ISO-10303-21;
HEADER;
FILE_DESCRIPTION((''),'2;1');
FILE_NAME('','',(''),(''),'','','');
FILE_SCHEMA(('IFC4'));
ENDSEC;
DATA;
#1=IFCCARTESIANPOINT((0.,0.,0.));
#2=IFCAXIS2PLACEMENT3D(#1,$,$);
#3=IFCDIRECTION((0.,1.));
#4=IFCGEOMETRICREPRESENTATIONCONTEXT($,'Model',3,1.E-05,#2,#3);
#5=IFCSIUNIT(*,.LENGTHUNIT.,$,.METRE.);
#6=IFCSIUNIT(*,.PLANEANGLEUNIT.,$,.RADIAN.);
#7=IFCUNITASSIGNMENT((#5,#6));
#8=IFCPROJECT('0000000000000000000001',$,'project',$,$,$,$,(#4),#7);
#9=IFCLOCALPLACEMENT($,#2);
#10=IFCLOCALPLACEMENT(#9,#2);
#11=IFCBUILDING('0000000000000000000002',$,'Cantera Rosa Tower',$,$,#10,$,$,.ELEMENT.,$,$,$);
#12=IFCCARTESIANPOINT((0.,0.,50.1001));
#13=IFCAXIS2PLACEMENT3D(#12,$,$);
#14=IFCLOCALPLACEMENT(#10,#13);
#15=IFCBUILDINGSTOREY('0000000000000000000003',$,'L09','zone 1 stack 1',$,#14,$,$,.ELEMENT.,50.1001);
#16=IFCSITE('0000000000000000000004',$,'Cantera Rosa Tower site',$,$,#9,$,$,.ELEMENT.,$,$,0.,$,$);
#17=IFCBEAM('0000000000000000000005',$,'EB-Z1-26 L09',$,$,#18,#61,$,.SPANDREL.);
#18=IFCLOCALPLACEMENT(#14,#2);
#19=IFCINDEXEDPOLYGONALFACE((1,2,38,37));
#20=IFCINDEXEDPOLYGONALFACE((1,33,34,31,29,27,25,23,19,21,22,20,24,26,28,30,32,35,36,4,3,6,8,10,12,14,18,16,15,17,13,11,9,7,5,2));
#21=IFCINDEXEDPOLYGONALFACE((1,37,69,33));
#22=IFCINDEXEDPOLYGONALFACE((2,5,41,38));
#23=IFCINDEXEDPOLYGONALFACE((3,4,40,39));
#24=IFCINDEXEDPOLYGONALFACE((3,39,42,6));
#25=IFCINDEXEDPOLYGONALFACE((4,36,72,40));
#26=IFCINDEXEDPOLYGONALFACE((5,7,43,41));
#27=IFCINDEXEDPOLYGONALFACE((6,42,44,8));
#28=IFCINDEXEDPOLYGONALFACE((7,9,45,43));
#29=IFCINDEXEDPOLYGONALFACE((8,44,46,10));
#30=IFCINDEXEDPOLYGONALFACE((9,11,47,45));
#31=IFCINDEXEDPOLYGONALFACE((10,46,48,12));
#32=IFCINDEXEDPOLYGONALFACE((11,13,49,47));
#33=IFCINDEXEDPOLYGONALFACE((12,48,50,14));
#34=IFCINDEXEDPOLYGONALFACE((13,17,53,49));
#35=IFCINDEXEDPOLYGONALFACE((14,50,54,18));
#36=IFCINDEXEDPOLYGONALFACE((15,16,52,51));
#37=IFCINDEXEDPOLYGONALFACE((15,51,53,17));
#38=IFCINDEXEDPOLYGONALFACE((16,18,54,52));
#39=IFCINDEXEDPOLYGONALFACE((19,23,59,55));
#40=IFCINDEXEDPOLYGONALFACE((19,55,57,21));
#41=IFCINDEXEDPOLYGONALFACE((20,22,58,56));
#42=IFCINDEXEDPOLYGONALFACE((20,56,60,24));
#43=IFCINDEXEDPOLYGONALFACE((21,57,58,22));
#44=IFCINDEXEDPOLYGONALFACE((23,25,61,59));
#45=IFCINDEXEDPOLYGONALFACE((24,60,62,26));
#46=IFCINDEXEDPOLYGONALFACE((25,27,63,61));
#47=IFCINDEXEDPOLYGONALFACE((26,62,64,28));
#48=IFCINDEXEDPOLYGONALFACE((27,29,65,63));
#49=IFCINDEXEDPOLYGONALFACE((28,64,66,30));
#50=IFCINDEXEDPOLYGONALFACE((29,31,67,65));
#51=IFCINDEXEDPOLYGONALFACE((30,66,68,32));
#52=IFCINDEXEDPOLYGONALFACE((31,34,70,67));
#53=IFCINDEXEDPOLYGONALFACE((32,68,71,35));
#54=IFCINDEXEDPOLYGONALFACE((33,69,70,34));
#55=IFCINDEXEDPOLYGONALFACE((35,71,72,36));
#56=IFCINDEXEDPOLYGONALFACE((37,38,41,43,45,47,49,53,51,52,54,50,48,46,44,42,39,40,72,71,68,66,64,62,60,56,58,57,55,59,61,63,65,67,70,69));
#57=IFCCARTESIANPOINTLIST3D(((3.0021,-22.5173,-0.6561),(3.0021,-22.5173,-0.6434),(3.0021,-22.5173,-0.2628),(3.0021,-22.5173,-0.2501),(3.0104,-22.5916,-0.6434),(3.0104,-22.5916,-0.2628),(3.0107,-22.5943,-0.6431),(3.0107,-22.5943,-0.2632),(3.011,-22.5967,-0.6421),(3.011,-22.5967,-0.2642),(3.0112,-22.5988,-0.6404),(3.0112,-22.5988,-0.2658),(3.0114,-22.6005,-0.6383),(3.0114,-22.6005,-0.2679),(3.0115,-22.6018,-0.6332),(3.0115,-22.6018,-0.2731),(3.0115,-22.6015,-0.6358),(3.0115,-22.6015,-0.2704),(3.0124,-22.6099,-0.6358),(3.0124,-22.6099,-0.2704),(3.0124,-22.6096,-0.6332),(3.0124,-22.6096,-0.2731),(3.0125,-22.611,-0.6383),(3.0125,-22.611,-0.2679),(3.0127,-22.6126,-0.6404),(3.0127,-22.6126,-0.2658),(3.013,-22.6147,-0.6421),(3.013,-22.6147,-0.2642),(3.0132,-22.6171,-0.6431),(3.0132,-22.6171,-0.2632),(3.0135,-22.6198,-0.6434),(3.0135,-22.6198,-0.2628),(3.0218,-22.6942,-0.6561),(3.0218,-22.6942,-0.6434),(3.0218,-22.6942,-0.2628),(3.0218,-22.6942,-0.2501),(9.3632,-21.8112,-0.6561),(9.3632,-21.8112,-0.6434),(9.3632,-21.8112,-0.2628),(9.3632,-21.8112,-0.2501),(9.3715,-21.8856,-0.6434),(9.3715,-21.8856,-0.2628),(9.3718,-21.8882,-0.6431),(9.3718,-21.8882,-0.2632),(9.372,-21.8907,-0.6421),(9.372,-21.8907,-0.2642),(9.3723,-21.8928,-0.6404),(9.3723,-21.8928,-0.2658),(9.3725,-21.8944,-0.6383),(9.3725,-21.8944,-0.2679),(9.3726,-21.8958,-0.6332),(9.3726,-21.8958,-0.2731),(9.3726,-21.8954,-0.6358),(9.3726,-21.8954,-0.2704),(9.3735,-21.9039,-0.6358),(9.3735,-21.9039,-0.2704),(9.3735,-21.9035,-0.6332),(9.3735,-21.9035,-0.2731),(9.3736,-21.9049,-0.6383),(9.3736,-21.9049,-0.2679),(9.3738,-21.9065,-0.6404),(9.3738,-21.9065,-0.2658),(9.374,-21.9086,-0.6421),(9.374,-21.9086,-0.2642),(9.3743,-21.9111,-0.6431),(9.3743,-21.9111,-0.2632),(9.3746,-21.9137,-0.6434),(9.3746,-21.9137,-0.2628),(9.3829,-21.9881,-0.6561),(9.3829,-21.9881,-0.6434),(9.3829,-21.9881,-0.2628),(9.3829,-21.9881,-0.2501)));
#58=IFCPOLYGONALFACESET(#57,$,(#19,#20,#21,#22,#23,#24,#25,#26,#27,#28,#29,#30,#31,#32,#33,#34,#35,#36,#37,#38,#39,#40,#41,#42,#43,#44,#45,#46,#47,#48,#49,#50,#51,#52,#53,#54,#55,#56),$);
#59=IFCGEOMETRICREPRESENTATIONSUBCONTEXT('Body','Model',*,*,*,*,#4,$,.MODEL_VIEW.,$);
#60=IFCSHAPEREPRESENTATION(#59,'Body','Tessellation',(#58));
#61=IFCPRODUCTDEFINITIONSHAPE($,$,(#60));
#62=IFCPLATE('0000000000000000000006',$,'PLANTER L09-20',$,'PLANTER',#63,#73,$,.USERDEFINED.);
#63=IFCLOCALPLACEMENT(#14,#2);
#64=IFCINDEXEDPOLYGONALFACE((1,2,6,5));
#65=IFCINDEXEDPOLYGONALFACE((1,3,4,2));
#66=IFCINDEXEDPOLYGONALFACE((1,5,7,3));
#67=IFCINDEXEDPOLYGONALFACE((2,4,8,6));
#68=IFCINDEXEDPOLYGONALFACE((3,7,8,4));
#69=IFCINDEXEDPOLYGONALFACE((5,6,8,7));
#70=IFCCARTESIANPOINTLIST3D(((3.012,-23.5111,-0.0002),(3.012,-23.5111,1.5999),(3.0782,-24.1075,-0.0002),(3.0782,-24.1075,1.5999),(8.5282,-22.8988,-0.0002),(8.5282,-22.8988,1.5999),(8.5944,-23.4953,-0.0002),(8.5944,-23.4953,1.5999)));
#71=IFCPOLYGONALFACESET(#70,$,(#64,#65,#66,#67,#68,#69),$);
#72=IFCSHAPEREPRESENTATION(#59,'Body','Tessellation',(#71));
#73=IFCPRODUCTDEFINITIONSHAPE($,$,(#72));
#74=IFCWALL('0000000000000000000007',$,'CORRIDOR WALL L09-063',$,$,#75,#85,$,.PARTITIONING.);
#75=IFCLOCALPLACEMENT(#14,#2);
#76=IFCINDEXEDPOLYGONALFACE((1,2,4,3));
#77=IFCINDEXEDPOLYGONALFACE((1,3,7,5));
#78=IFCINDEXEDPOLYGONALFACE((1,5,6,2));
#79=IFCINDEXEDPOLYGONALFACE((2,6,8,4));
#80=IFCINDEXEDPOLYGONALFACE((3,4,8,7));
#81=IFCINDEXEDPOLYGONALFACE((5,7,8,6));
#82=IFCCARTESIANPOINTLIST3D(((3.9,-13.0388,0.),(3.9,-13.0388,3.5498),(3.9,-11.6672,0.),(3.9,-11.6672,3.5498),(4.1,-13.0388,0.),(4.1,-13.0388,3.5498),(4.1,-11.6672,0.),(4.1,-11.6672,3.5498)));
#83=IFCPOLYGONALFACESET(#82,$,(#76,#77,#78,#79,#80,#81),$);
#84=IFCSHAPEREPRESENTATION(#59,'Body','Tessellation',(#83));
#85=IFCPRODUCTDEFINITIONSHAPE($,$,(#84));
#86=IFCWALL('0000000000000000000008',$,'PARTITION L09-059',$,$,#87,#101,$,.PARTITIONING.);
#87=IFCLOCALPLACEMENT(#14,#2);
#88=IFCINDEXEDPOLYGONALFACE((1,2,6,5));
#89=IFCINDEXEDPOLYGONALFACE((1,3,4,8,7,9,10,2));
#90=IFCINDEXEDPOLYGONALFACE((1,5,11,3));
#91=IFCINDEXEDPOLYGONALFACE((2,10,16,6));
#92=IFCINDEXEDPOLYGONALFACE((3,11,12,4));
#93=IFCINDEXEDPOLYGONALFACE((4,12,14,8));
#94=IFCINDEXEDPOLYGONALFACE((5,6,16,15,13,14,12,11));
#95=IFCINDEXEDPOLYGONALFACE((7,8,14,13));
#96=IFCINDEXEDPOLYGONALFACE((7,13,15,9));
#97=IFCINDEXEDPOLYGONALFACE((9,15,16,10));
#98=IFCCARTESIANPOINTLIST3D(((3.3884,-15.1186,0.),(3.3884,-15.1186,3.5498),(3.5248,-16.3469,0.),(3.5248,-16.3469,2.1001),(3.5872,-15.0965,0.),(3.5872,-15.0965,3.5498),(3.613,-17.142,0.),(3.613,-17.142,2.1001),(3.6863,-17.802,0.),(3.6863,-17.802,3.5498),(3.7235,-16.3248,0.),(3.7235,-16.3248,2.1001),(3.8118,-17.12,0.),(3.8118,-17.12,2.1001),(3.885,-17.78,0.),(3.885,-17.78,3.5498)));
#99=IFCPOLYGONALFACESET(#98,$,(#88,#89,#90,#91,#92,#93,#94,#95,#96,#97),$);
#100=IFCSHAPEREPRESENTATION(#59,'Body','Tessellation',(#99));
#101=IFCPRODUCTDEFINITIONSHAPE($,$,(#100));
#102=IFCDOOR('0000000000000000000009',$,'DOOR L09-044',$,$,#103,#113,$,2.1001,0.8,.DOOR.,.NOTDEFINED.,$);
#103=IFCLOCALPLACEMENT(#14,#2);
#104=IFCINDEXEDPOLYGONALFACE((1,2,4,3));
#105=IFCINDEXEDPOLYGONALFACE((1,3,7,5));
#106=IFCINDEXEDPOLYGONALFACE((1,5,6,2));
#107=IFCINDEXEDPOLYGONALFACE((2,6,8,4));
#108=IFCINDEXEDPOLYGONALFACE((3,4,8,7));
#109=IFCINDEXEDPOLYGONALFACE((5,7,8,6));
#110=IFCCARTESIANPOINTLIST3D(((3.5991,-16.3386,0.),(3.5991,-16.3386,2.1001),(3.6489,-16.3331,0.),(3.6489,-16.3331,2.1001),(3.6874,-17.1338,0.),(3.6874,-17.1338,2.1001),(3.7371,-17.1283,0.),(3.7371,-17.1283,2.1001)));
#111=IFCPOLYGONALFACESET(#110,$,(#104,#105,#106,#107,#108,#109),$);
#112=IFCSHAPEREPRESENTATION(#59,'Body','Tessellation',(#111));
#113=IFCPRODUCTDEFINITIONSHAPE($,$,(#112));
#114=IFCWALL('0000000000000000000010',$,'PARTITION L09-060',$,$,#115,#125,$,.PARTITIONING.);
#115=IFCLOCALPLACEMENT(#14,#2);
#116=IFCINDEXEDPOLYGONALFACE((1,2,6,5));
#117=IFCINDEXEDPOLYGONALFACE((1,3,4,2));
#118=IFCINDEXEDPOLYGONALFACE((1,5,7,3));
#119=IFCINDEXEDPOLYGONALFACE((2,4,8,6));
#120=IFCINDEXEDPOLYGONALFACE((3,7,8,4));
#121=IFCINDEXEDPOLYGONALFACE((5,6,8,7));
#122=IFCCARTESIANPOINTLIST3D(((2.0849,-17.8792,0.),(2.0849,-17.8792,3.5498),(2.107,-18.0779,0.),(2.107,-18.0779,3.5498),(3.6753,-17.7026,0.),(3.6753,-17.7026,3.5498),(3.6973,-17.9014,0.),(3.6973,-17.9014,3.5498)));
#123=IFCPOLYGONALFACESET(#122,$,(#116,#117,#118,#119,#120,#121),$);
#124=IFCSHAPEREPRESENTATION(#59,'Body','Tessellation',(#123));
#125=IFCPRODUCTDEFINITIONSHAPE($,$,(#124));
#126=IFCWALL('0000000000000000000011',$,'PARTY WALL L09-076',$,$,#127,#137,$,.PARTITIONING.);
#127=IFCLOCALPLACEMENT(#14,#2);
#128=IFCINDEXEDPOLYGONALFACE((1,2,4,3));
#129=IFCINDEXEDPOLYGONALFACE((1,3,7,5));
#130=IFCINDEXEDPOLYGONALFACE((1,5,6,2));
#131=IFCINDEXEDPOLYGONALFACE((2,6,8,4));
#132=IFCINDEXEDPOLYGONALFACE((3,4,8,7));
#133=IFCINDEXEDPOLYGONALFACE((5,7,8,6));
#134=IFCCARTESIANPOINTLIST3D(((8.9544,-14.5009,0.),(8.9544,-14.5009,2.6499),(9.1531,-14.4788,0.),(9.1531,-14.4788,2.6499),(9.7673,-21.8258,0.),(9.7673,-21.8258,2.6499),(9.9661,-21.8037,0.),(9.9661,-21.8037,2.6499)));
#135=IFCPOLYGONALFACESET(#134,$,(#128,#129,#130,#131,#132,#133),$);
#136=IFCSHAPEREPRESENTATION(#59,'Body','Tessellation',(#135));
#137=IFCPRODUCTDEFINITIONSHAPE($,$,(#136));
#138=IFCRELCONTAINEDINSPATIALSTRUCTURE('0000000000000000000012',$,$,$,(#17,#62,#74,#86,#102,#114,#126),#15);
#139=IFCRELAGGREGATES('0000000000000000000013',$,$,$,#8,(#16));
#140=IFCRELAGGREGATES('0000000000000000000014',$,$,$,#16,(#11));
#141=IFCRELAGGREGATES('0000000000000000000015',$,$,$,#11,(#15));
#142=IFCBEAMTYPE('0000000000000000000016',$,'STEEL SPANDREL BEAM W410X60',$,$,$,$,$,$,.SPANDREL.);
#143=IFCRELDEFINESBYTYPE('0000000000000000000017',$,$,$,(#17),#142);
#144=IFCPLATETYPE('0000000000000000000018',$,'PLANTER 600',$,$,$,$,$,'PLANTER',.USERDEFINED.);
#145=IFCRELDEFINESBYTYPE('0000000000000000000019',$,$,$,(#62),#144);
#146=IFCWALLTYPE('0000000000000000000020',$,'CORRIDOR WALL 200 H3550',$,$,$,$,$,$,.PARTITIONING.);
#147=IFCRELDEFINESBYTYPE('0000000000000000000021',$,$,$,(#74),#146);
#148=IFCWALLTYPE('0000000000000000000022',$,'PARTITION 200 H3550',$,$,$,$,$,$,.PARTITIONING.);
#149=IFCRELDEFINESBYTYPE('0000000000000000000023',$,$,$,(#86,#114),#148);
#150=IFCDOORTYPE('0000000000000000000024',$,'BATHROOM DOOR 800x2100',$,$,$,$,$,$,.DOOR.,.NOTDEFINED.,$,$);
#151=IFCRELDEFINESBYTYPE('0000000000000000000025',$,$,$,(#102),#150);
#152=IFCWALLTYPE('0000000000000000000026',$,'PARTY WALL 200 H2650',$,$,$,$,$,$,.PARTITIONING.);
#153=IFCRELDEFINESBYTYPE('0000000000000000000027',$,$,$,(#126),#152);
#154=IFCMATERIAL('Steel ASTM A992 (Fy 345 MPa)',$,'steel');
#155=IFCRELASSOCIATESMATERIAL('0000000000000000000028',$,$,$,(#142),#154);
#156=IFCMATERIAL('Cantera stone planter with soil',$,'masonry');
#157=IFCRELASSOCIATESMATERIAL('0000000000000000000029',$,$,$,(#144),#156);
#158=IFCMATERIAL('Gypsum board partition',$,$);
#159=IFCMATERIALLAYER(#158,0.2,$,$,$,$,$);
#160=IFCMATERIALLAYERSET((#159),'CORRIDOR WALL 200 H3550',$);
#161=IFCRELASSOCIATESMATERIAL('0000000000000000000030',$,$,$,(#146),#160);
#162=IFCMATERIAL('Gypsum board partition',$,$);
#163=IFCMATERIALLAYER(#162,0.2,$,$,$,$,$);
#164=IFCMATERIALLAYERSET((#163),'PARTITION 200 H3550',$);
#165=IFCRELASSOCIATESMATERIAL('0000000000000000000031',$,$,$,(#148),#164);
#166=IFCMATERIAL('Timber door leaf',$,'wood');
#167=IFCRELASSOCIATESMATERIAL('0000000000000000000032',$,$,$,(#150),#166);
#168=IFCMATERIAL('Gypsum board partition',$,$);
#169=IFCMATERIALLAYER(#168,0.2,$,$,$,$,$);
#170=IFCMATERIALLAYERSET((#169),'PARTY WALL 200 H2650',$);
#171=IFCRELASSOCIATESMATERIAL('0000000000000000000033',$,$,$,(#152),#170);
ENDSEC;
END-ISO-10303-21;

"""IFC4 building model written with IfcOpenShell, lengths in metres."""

from ifc_helpers import new_model, si_unit, direction, frame, frame_2d, origin, origin_2d, place, context, subcontext, project, spatial, rectangle, i_section, extrude, material, layer, layer_set, material_profile, profile_set, type_object, element, fill, save


model = new_model("IFC4")

# Units and contexts
model_context = context("Model", 3, precision=1e-05, world=origin(), true_north=direction((0.0, 1.0)))
body_context = subcontext(model_context, "Body", "Model", "MODEL_VIEW")
ifc_project = project(units=[si_unit("LENGTHUNIT", "METRE"), si_unit("PLANEANGLEUNIT", "RADIAN")], contexts=[model_context])

# Site, building, storey
site_placement = place(None, origin())
site = spatial("IfcSite", under=ifc_project, at=site_placement, Name="Cantera Rosa Tower site", CompositionType="ELEMENT", RefElevation=0.0)
building_placement = place(site_placement, origin())
building = spatial("IfcBuilding", under=site, at=building_placement, Name="Cantera Rosa Tower", CompositionType="ELEMENT")
storey_placement = place(building_placement, frame((0.0, 0.0, 50.1001)))
storey = spatial("IfcBuildingStorey", under=building, at=storey_placement, Name="L09", Description="zone 1 stack 1", CompositionType="ELEMENT", Elevation=50.1001)

# Beam
ifc_material_1 = material(Name="Steel ASTM A992 (Fy 345 MPa)", Category="steel")
ifc_material_profile_1 = material_profile(ifc_material_1, i_section(OverallWidth=0.178, OverallDepth=0.406, WebThickness=0.0078, FlangeThickness=0.0127, FilletRadius=0.0103, at=origin_2d()), Name="W410X60")
ifc_profile_set_1 = profile_set([ifc_material_profile_1], Name="Steel ASTM A992 (Fy 345 MPa)")
beam_type_1 = type_object("IfcBeamType", Name="STEEL SPANDREL BEAM W410X60", PredefinedType="SPANDREL", material=ifc_profile_set_1)
beam_1_placement = place(storey_placement, frame((3.012, -22.6057, -0.4531), z_axis=(0.993896, 0.110318, 0.0), x_axis=(-0.110318, 0.993896, 0.0)))
element("IfcBeam", 1, at=beam_1_placement, inside=storey, type_object=beam_type_1, Name="EB-Z1-26 L09", PredefinedType="SPANDREL", context=body_context, shape_type="SweptSolid", body=[
    extrude(i_section(OverallWidth=0.178, OverallDepth=0.406, WebThickness=0.0078, FlangeThickness=0.0127, FilletRadius=0.0103, at=origin_2d()), origin(), (0.0, 0.0, 1.0), 6.4001),
])

# Plate
ifc_material_2 = material(Name="Cantera stone planter with soil", Category="masonry")
plate_type = type_object("IfcPlateType", Name="PLANTER 600", ElementType="PLANTER", PredefinedType="USERDEFINED", material=ifc_material_2)
plate_placement = place(storey_placement, frame((5.8032, -23.5032, -0.0002), z_axis=(0.0, 0.0, 1.0), x_axis=(0.993897, 0.110313, 0.0)))
element("IfcPlate", 2, at=plate_placement, inside=storey, type_object=plate_type, Name="PLANTER L09-20", ObjectType="PLANTER", PredefinedType="USERDEFINED", context=body_context, shape_type="SweptSolid", body=[
    extrude(rectangle(XDim=5.55, YDim=0.6001, at=origin_2d()), origin(), (0.0, 0.0, 1.0), 1.6001),
])

# Wall
ifc_material_3 = material(Name="Gypsum board partition")
ifc_layer_1 = layer(ifc_material_3, 0.2)
ifc_layer_set_1 = layer_set([ifc_layer_1], Name="CORRIDOR WALL 200 H3550")
wall_type_1 = type_object("IfcWallType", Name="CORRIDOR WALL 200 H3550", PredefinedType="PARTITIONING", material=ifc_layer_set_1)
wall_1_placement = place(storey_placement, frame((4.0, -13.0388, 0.0), z_axis=(0.0, 0.0, 1.0), x_axis=(0.0, 1.0, 0.0)))
element("IfcWall", 3, at=wall_1_placement, inside=storey, type_object=wall_type_1, Name="CORRIDOR WALL L09-063", PredefinedType="PARTITIONING", context=body_context, shape_type="SweptSolid", body=[
    extrude(rectangle(XDim=1.3716, YDim=0.2, at=frame_2d((0.6858, 0.0))), origin(), (0.0, 0.0, 1.0), 3.5498),
])

# Wall, opening, door
ifc_material_4 = material(Name="Gypsum board partition")
ifc_layer_2 = layer(ifc_material_4, 0.2)
ifc_layer_set_2 = layer_set([ifc_layer_2], Name="PARTITION 200 H3550")
wall_type_2 = type_object("IfcWallType", Name="PARTITION 200 H3550", PredefinedType="PARTITIONING", material=ifc_layer_set_2)
wall_2_placement = place(storey_placement, frame((3.4878, -15.1074, 0.0), z_axis=(0.0, 0.0, 1.0), x_axis=(0.110312, -0.993897, 0.0)))
wall_2 = element("IfcWall", 4, at=wall_2_placement, inside=storey, type_object=wall_type_2, Name="PARTITION L09-059", PredefinedType="PARTITIONING", context=body_context, shape_type="SweptSolid", body=[
    extrude(rectangle(XDim=2.7, YDim=0.2, at=frame_2d((1.3501, 0.0))), origin(), (0.0, 0.0, 1.0), 3.5498),
])
opening_1_placement = place(wall_2_placement, frame((1.2361, 0.0, 0.0)))
opening_1 = element("IfcOpeningElement", 5, at=opening_1_placement, cuts=wall_2, PredefinedType="OPENING", context=body_context, shape_type="SweptSolid", body=[
    extrude(rectangle(XDim=0.8, YDim=2.1001, at=frame_2d((0.3999, 1.05))), frame((0.0, 0.1099, 0.0), z_axis=(0.0, -1.0, 0.0), x_axis=(1.0, 0.0, 0.0)), (0.0, 0.0, 1.0), 0.22),
])
ifc_material_5 = material(Name="Timber door leaf", Category="wood")
door_type_1 = type_object("IfcDoorType", Name="BATHROOM DOOR 800x2100", OperationType="NOTDEFINED", PredefinedType="DOOR", material=ifc_material_5)
door_1_placement = place(opening_1_placement, origin())
door_1 = element("IfcDoor", 6, at=door_1_placement, inside=storey, type_object=door_type_1, Name="DOOR L09-044", OperationType="NOTDEFINED", OverallHeight=2.1001, OverallWidth=0.8, PredefinedType="DOOR", context=body_context, shape_type="SweptSolid", body=[
    extrude(rectangle(XDim=0.8, YDim=2.1001, at=frame_2d((0.3999, 1.05))), frame((0.0, 0.0249, 0.0), z_axis=(0.0, -1.0, 0.0), x_axis=(1.0, 0.0, 0.0)), (0.0, 0.0, 1.0), 0.05),
])
fill(opening_1, door_1)

# Walls
wall_3_placement = place(storey_placement, frame((3.6863, -17.802, 0.0), z_axis=(0.0, 0.0, 1.0), x_axis=(-0.993897, -0.110314, 0.0)))
element("IfcWall", 7, at=wall_3_placement, inside=storey, type_object=wall_type_2, Name="PARTITION L09-060", PredefinedType="PARTITIONING", context=body_context, shape_type="SweptSolid", body=[
    extrude(rectangle(XDim=1.6001, YDim=0.2, at=frame_2d((0.8, 0.0))), origin(), (0.0, 0.0, 1.0), 3.5498),
])
ifc_material_6 = material(Name="Gypsum board partition")
ifc_layer_3 = layer(ifc_material_6, 0.2)
ifc_layer_set_3 = layer_set([ifc_layer_3], Name="PARTY WALL 200 H2650")
wall_type_3 = type_object("IfcWallType", Name="PARTY WALL 200 H2650", PredefinedType="PARTITIONING", material=ifc_layer_set_3)
wall_4_placement = place(storey_placement, frame((9.0537, -14.4897, 0.0), z_axis=(0.0, 0.0, 1.0), x_axis=(0.110312, -0.993897, 0.0)))
element("IfcWall", 8, at=wall_4_placement, inside=storey, type_object=wall_type_3, Name="PARTY WALL L09-076", PredefinedType="PARTITIONING", context=body_context, shape_type="SweptSolid", body=[
    extrude(rectangle(XDim=7.3699, YDim=0.2, at=frame_2d((3.6851, 0.0))), origin(), (0.0, 0.0, 1.0), 2.6499),
])

save(model, "model.ifc")
